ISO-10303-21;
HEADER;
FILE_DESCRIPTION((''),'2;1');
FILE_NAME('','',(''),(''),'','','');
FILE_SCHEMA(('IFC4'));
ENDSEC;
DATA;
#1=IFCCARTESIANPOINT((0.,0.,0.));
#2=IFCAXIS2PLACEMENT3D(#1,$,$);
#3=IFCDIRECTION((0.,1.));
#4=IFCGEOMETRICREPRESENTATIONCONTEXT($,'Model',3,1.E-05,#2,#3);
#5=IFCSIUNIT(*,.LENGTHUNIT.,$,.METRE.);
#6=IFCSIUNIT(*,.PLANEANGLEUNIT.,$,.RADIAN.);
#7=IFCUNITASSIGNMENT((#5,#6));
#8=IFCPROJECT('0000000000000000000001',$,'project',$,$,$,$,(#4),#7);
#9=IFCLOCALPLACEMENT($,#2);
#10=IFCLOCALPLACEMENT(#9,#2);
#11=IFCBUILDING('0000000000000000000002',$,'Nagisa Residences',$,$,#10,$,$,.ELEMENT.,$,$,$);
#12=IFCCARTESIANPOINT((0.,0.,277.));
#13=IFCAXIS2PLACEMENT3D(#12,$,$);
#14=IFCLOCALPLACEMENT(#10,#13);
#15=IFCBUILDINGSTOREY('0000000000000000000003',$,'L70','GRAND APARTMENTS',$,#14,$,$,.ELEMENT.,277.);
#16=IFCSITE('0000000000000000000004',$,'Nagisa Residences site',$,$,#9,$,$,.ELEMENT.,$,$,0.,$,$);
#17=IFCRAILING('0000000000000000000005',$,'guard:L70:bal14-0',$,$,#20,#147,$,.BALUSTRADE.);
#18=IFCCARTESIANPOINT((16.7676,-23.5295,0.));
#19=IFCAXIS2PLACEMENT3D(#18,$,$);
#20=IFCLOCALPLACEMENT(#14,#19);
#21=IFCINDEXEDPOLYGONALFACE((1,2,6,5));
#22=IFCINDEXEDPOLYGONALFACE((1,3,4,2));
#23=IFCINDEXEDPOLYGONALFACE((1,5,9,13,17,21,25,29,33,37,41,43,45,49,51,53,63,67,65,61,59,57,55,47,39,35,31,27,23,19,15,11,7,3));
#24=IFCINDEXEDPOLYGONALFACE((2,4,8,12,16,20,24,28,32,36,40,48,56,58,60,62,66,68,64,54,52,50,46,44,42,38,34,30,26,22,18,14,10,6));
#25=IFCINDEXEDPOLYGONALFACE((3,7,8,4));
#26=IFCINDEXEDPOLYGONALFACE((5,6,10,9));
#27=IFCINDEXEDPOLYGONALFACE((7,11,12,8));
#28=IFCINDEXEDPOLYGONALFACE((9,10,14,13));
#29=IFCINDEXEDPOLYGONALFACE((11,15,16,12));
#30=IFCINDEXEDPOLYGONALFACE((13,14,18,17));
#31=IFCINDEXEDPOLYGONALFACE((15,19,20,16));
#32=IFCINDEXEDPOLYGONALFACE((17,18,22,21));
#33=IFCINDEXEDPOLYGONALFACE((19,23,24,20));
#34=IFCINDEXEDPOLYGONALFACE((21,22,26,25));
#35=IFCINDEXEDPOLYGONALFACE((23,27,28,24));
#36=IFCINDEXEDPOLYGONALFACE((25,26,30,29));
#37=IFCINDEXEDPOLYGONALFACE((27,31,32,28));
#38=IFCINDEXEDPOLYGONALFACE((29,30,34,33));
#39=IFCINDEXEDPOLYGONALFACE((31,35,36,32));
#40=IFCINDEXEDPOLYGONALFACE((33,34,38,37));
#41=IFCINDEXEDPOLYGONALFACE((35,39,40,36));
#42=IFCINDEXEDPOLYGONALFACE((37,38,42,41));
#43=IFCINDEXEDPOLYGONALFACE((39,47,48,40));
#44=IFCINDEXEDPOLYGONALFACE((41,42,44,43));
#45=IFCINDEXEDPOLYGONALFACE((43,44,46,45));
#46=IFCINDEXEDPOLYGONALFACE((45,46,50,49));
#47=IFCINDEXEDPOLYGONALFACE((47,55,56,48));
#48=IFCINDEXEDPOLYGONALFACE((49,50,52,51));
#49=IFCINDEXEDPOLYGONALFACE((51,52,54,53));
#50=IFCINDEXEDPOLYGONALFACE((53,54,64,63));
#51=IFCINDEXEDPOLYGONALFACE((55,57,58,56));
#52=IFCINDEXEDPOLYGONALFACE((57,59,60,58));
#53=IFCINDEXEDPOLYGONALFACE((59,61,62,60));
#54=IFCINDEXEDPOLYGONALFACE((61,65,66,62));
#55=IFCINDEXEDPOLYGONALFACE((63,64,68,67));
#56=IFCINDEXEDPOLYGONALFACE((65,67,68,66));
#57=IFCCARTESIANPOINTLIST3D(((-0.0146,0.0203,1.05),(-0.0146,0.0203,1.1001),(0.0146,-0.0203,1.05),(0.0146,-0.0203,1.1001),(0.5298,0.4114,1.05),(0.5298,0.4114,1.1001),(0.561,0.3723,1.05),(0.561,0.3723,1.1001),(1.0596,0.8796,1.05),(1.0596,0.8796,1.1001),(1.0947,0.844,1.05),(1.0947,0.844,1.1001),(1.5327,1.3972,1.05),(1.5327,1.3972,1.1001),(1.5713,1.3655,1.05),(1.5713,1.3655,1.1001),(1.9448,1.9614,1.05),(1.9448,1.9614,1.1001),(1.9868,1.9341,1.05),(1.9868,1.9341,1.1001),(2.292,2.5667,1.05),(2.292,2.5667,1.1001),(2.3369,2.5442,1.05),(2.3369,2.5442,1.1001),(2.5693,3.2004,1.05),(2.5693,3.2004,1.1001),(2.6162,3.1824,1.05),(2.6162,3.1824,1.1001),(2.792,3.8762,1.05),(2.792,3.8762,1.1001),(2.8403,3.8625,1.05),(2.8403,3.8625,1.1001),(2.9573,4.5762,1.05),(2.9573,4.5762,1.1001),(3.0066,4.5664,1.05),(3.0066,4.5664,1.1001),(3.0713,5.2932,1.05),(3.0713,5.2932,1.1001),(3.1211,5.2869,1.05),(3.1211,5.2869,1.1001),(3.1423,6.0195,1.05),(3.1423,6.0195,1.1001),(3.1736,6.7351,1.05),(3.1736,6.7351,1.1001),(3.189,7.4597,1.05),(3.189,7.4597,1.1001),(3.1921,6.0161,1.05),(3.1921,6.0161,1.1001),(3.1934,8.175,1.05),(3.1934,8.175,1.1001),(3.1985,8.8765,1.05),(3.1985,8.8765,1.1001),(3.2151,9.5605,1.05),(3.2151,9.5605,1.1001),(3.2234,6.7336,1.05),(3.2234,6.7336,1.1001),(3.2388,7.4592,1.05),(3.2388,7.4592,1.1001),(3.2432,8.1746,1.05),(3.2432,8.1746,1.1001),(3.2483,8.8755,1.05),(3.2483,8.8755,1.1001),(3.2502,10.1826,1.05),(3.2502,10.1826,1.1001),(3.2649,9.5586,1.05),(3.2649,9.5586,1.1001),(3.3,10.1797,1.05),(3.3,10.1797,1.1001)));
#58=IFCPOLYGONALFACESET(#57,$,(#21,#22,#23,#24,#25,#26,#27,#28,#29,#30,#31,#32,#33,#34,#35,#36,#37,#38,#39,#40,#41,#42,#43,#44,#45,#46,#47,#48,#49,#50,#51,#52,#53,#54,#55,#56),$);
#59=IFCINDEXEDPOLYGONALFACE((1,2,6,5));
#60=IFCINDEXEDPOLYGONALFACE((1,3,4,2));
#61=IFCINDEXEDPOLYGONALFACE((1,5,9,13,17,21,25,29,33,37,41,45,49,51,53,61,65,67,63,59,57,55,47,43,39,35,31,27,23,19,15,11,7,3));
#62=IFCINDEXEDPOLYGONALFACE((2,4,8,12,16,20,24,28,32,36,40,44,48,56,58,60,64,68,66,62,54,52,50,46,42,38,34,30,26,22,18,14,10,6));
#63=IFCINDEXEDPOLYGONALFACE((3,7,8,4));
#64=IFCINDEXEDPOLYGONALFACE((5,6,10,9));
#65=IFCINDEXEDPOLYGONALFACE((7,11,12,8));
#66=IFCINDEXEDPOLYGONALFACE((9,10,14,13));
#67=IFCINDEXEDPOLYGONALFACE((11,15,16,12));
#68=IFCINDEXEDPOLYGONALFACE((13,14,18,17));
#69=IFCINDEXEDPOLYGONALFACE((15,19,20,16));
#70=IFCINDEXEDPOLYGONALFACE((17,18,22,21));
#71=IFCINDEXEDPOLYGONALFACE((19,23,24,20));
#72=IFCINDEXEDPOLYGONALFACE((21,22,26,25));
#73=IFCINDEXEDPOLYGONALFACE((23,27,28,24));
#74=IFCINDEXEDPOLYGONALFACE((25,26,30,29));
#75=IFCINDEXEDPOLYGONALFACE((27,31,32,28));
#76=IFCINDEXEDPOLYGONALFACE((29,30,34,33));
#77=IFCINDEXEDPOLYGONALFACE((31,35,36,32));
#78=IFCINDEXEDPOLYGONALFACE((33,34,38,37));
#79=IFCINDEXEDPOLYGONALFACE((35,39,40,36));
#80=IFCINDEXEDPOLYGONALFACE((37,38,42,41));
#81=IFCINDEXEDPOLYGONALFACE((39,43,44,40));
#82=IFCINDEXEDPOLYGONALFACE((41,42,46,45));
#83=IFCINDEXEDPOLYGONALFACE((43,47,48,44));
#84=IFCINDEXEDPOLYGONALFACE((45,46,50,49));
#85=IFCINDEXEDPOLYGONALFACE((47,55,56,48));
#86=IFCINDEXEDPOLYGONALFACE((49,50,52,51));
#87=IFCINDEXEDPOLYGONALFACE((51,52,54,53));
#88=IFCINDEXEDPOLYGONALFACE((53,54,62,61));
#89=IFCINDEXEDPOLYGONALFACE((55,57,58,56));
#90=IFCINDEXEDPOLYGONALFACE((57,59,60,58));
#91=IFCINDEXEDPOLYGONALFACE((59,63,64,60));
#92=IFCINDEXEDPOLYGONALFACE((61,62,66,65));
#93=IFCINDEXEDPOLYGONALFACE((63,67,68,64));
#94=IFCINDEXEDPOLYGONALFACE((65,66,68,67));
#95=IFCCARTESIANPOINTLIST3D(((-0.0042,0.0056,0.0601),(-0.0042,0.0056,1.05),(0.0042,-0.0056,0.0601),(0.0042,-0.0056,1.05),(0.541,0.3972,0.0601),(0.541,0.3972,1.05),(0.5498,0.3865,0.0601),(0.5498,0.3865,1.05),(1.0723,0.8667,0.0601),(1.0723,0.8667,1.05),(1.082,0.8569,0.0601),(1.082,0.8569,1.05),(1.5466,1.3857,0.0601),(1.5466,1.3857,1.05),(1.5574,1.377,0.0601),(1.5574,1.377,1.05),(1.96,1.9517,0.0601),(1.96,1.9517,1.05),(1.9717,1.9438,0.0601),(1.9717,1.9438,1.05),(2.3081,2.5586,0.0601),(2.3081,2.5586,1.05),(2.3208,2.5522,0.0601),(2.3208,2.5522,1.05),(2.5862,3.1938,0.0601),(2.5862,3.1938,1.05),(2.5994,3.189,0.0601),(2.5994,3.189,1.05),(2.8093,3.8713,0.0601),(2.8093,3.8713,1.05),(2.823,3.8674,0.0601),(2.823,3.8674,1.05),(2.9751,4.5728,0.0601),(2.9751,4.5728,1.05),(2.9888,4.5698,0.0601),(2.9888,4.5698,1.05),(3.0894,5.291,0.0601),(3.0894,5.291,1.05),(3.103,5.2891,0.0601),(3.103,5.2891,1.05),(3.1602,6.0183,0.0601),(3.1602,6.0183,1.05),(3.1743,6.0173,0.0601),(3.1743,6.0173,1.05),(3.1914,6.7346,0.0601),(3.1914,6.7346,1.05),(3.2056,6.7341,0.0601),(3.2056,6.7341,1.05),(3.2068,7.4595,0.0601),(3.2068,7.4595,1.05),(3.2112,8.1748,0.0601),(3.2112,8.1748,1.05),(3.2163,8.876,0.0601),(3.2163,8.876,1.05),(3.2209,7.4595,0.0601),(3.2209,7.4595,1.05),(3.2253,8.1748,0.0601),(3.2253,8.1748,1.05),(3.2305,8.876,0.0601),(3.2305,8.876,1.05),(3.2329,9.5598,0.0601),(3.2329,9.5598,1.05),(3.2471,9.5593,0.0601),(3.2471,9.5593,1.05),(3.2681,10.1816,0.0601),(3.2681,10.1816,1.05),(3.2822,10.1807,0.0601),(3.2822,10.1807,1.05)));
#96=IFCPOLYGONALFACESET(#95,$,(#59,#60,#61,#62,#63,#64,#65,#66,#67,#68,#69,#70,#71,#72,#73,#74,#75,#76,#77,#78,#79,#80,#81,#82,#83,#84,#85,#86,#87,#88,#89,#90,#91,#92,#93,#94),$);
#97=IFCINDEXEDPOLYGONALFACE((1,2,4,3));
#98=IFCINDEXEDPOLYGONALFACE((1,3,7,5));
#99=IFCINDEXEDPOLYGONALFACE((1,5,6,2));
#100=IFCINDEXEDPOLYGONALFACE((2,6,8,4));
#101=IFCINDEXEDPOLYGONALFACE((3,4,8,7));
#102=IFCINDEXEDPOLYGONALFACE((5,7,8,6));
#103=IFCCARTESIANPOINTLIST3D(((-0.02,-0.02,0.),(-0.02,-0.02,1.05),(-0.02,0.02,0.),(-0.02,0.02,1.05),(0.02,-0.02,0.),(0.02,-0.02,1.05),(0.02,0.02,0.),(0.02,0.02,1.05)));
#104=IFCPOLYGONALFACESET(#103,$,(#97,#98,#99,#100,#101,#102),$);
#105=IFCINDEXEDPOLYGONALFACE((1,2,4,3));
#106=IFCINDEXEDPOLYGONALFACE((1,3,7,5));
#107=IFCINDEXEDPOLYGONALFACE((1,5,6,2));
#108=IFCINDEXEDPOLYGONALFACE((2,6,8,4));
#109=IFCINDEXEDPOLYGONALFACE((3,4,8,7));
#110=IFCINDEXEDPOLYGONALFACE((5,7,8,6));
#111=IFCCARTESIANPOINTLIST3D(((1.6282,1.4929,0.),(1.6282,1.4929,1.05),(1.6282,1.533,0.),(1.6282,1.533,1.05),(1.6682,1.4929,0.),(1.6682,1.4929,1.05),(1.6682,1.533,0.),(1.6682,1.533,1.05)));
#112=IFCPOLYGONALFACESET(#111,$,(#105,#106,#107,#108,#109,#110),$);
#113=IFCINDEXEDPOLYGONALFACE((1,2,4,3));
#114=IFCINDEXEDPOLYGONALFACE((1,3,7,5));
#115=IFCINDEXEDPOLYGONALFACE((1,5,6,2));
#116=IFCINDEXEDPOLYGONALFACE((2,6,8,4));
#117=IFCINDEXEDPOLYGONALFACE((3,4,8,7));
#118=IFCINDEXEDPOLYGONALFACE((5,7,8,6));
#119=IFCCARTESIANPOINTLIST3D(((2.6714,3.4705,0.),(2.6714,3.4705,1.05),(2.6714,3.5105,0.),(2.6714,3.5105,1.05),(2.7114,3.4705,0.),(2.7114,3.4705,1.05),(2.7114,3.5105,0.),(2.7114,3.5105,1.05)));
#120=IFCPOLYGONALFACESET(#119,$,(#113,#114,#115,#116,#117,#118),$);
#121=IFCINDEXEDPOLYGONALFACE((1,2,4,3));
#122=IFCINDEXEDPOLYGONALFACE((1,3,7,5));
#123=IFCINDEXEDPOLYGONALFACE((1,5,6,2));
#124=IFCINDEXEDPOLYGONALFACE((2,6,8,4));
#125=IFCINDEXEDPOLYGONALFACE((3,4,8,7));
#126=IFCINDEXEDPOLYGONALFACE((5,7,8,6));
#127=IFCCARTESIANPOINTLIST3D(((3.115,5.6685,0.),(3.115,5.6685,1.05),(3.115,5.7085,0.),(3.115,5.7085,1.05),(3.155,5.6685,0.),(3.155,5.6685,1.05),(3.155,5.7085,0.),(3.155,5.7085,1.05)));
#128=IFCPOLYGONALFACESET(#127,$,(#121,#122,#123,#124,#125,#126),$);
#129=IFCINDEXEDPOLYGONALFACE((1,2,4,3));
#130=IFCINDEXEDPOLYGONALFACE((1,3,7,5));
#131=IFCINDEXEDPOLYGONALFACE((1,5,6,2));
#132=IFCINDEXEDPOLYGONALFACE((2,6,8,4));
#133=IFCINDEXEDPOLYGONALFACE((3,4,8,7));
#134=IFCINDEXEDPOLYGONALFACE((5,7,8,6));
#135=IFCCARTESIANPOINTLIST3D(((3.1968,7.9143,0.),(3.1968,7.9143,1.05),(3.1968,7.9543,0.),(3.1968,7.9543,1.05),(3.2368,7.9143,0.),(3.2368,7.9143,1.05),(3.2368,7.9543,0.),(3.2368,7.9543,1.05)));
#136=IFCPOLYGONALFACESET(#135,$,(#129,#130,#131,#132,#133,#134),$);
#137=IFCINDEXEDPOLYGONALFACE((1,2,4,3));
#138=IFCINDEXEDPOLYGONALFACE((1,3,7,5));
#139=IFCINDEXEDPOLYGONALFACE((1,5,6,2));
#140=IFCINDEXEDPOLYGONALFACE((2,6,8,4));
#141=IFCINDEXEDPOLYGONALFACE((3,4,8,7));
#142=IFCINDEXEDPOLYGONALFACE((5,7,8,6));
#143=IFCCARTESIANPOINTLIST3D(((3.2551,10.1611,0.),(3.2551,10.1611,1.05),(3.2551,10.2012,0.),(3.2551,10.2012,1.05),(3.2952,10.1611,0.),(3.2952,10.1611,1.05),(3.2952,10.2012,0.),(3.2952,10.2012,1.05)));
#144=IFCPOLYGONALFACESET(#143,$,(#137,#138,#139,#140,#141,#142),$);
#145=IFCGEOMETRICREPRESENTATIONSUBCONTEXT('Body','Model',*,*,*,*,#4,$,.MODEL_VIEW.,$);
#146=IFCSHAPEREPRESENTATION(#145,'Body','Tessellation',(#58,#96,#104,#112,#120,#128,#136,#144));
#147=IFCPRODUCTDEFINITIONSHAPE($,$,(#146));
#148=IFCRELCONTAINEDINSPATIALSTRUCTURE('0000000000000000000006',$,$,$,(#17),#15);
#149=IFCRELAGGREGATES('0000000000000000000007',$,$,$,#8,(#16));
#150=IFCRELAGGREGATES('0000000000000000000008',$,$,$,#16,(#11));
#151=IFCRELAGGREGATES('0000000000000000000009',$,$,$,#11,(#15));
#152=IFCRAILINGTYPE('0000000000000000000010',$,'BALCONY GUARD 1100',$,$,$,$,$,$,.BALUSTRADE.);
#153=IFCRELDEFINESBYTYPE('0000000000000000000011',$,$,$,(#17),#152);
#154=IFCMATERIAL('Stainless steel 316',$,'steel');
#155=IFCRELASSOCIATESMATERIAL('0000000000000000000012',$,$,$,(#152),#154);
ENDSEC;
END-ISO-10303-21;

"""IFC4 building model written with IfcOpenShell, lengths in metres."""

from ifc_helpers import new_model, si_unit, direction, frame, origin, origin_2d, place, context, subcontext, project, spatial, polyline, rectangle, outline, extrude, material, type_object, element, save


model = new_model("IFC4")

# Units and contexts
model_context = context("Model", 3, precision=1e-05, world=origin(), true_north=direction((0.0, 1.0)))
body_context = subcontext(model_context, "Body", "Model", "MODEL_VIEW")
ifc_project = project(units=[si_unit("LENGTHUNIT", "METRE"), si_unit("PLANEANGLEUNIT", "RADIAN")], contexts=[model_context])

# Site, building, storey
site_placement = place(None, origin())
site = spatial("IfcSite", under=ifc_project, at=site_placement, Name="Nagisa Residences site", CompositionType="ELEMENT", RefElevation=0.0)
building_placement = place(site_placement, origin())
building = spatial("IfcBuilding", under=site, at=building_placement, Name="Nagisa Residences", CompositionType="ELEMENT")
storey_placement = place(building_placement, frame((0.0, 0.0, 277.0)))
storey = spatial("IfcBuildingStorey", under=building, at=storey_placement, Name="L70", Description="GRAND APARTMENTS", CompositionType="ELEMENT", Elevation=277.0)

# Railing
ifc_material_1 = material(Name="Stainless steel 316", Category="steel")
railing_type = type_object("IfcRailingType", Name="BALCONY GUARD 1100", PredefinedType="BALUSTRADE", material=ifc_material_1)
railing_1_placement = place(storey_placement, frame((16.7676, -23.5295, 0.0)))
element("IfcRailing", 1, at=railing_1_placement, inside=storey, type_object=railing_type, Name="guard:L70:bal14-0", PredefinedType="BALUSTRADE", context=body_context, shape_type="SweptSolid", body=[
    extrude(outline(polyline([(0.5298, 0.4114), (-0.0146, 0.0203), (0.0146, -0.0203), (0.561, 0.3723), (1.0947, 0.844), (1.5713, 1.3655), (1.9868, 1.9341), (2.3369, 2.5442), (2.6162, 3.1824), (2.8403, 3.8625), (3.0066, 4.5664), (3.1211, 5.2869), (3.1921, 6.0161), (3.2234, 6.7336), (3.2388, 7.4592), (3.2432, 8.1746), (3.2483, 8.8755), (3.2649, 9.5586), (3.3, 10.1797), (3.2502, 10.1826), (3.2151, 9.5605), (3.1985, 8.8765), (3.1934, 8.175), (3.189, 7.4597), (3.1736, 6.7351), (3.1423, 6.0195), (3.0713, 5.2932), (2.9573, 4.5762), (2.792, 3.8762), (2.5693, 3.2004), (2.292, 2.5667), (1.9448, 1.9614), (1.5327, 1.3972), (1.0596, 0.8796), (0.5298, 0.4114)])), frame((0.0, 0.0, 1.05)), (0.0, 0.0, 1.0), 0.05),
    extrude(outline(polyline([(0.541, 0.3972), (-0.0042, 0.0056), (0.0042, -0.0056), (0.5498, 0.3865), (1.082, 0.8569), (1.5574, 1.377), (1.9717, 1.9438), (2.3208, 2.5522), (2.5994, 3.189), (2.823, 3.8674), (2.9888, 4.5698), (3.103, 5.2891), (3.1743, 6.0173), (3.2056, 6.7341), (3.2209, 7.4595), (3.2253, 8.1748), (3.2305, 8.876), (3.2471, 9.5593), (3.2822, 10.1807), (3.2681, 10.1816), (3.2329, 9.5598), (3.2163, 8.876), (3.2112, 8.1748), (3.2068, 7.4595), (3.1914, 6.7346), (3.1602, 6.0183), (3.0894, 5.291), (2.9751, 4.5728), (2.8093, 3.8713), (2.5862, 3.1938), (2.3081, 2.5586), (1.96, 1.9517), (1.5466, 1.3857), (1.0723, 0.8667), (0.541, 0.3972)])), frame((0.0, 0.0, 0.0601)), (0.0, 0.0, 1.0), 0.99),
    extrude(rectangle(XDim=0.04, YDim=0.04, at=origin_2d()), origin(), (0.0, 0.0, 1.0), 1.05),
    extrude(rectangle(XDim=0.04, YDim=0.04, at=origin_2d()), frame((1.6482, 1.5129, 0.0)), (0.0, 0.0, 1.0), 1.05),
    extrude(rectangle(XDim=0.04, YDim=0.04, at=origin_2d()), frame((2.6914, 3.4905, 0.0)), (0.0, 0.0, 1.0), 1.05),
    extrude(rectangle(XDim=0.04, YDim=0.04, at=origin_2d()), frame((3.135, 5.6885, 0.0)), (0.0, 0.0, 1.0), 1.05),
    extrude(rectangle(XDim=0.04, YDim=0.04, at=origin_2d()), frame((3.2168, 7.9343, 0.0)), (0.0, 0.0, 1.0), 1.05),
    extrude(rectangle(XDim=0.04, YDim=0.04, at=origin_2d()), frame((3.2751, 10.1812, 0.0)), (0.0, 0.0, 1.0), 1.05),
])

save(model, "model.ifc")
